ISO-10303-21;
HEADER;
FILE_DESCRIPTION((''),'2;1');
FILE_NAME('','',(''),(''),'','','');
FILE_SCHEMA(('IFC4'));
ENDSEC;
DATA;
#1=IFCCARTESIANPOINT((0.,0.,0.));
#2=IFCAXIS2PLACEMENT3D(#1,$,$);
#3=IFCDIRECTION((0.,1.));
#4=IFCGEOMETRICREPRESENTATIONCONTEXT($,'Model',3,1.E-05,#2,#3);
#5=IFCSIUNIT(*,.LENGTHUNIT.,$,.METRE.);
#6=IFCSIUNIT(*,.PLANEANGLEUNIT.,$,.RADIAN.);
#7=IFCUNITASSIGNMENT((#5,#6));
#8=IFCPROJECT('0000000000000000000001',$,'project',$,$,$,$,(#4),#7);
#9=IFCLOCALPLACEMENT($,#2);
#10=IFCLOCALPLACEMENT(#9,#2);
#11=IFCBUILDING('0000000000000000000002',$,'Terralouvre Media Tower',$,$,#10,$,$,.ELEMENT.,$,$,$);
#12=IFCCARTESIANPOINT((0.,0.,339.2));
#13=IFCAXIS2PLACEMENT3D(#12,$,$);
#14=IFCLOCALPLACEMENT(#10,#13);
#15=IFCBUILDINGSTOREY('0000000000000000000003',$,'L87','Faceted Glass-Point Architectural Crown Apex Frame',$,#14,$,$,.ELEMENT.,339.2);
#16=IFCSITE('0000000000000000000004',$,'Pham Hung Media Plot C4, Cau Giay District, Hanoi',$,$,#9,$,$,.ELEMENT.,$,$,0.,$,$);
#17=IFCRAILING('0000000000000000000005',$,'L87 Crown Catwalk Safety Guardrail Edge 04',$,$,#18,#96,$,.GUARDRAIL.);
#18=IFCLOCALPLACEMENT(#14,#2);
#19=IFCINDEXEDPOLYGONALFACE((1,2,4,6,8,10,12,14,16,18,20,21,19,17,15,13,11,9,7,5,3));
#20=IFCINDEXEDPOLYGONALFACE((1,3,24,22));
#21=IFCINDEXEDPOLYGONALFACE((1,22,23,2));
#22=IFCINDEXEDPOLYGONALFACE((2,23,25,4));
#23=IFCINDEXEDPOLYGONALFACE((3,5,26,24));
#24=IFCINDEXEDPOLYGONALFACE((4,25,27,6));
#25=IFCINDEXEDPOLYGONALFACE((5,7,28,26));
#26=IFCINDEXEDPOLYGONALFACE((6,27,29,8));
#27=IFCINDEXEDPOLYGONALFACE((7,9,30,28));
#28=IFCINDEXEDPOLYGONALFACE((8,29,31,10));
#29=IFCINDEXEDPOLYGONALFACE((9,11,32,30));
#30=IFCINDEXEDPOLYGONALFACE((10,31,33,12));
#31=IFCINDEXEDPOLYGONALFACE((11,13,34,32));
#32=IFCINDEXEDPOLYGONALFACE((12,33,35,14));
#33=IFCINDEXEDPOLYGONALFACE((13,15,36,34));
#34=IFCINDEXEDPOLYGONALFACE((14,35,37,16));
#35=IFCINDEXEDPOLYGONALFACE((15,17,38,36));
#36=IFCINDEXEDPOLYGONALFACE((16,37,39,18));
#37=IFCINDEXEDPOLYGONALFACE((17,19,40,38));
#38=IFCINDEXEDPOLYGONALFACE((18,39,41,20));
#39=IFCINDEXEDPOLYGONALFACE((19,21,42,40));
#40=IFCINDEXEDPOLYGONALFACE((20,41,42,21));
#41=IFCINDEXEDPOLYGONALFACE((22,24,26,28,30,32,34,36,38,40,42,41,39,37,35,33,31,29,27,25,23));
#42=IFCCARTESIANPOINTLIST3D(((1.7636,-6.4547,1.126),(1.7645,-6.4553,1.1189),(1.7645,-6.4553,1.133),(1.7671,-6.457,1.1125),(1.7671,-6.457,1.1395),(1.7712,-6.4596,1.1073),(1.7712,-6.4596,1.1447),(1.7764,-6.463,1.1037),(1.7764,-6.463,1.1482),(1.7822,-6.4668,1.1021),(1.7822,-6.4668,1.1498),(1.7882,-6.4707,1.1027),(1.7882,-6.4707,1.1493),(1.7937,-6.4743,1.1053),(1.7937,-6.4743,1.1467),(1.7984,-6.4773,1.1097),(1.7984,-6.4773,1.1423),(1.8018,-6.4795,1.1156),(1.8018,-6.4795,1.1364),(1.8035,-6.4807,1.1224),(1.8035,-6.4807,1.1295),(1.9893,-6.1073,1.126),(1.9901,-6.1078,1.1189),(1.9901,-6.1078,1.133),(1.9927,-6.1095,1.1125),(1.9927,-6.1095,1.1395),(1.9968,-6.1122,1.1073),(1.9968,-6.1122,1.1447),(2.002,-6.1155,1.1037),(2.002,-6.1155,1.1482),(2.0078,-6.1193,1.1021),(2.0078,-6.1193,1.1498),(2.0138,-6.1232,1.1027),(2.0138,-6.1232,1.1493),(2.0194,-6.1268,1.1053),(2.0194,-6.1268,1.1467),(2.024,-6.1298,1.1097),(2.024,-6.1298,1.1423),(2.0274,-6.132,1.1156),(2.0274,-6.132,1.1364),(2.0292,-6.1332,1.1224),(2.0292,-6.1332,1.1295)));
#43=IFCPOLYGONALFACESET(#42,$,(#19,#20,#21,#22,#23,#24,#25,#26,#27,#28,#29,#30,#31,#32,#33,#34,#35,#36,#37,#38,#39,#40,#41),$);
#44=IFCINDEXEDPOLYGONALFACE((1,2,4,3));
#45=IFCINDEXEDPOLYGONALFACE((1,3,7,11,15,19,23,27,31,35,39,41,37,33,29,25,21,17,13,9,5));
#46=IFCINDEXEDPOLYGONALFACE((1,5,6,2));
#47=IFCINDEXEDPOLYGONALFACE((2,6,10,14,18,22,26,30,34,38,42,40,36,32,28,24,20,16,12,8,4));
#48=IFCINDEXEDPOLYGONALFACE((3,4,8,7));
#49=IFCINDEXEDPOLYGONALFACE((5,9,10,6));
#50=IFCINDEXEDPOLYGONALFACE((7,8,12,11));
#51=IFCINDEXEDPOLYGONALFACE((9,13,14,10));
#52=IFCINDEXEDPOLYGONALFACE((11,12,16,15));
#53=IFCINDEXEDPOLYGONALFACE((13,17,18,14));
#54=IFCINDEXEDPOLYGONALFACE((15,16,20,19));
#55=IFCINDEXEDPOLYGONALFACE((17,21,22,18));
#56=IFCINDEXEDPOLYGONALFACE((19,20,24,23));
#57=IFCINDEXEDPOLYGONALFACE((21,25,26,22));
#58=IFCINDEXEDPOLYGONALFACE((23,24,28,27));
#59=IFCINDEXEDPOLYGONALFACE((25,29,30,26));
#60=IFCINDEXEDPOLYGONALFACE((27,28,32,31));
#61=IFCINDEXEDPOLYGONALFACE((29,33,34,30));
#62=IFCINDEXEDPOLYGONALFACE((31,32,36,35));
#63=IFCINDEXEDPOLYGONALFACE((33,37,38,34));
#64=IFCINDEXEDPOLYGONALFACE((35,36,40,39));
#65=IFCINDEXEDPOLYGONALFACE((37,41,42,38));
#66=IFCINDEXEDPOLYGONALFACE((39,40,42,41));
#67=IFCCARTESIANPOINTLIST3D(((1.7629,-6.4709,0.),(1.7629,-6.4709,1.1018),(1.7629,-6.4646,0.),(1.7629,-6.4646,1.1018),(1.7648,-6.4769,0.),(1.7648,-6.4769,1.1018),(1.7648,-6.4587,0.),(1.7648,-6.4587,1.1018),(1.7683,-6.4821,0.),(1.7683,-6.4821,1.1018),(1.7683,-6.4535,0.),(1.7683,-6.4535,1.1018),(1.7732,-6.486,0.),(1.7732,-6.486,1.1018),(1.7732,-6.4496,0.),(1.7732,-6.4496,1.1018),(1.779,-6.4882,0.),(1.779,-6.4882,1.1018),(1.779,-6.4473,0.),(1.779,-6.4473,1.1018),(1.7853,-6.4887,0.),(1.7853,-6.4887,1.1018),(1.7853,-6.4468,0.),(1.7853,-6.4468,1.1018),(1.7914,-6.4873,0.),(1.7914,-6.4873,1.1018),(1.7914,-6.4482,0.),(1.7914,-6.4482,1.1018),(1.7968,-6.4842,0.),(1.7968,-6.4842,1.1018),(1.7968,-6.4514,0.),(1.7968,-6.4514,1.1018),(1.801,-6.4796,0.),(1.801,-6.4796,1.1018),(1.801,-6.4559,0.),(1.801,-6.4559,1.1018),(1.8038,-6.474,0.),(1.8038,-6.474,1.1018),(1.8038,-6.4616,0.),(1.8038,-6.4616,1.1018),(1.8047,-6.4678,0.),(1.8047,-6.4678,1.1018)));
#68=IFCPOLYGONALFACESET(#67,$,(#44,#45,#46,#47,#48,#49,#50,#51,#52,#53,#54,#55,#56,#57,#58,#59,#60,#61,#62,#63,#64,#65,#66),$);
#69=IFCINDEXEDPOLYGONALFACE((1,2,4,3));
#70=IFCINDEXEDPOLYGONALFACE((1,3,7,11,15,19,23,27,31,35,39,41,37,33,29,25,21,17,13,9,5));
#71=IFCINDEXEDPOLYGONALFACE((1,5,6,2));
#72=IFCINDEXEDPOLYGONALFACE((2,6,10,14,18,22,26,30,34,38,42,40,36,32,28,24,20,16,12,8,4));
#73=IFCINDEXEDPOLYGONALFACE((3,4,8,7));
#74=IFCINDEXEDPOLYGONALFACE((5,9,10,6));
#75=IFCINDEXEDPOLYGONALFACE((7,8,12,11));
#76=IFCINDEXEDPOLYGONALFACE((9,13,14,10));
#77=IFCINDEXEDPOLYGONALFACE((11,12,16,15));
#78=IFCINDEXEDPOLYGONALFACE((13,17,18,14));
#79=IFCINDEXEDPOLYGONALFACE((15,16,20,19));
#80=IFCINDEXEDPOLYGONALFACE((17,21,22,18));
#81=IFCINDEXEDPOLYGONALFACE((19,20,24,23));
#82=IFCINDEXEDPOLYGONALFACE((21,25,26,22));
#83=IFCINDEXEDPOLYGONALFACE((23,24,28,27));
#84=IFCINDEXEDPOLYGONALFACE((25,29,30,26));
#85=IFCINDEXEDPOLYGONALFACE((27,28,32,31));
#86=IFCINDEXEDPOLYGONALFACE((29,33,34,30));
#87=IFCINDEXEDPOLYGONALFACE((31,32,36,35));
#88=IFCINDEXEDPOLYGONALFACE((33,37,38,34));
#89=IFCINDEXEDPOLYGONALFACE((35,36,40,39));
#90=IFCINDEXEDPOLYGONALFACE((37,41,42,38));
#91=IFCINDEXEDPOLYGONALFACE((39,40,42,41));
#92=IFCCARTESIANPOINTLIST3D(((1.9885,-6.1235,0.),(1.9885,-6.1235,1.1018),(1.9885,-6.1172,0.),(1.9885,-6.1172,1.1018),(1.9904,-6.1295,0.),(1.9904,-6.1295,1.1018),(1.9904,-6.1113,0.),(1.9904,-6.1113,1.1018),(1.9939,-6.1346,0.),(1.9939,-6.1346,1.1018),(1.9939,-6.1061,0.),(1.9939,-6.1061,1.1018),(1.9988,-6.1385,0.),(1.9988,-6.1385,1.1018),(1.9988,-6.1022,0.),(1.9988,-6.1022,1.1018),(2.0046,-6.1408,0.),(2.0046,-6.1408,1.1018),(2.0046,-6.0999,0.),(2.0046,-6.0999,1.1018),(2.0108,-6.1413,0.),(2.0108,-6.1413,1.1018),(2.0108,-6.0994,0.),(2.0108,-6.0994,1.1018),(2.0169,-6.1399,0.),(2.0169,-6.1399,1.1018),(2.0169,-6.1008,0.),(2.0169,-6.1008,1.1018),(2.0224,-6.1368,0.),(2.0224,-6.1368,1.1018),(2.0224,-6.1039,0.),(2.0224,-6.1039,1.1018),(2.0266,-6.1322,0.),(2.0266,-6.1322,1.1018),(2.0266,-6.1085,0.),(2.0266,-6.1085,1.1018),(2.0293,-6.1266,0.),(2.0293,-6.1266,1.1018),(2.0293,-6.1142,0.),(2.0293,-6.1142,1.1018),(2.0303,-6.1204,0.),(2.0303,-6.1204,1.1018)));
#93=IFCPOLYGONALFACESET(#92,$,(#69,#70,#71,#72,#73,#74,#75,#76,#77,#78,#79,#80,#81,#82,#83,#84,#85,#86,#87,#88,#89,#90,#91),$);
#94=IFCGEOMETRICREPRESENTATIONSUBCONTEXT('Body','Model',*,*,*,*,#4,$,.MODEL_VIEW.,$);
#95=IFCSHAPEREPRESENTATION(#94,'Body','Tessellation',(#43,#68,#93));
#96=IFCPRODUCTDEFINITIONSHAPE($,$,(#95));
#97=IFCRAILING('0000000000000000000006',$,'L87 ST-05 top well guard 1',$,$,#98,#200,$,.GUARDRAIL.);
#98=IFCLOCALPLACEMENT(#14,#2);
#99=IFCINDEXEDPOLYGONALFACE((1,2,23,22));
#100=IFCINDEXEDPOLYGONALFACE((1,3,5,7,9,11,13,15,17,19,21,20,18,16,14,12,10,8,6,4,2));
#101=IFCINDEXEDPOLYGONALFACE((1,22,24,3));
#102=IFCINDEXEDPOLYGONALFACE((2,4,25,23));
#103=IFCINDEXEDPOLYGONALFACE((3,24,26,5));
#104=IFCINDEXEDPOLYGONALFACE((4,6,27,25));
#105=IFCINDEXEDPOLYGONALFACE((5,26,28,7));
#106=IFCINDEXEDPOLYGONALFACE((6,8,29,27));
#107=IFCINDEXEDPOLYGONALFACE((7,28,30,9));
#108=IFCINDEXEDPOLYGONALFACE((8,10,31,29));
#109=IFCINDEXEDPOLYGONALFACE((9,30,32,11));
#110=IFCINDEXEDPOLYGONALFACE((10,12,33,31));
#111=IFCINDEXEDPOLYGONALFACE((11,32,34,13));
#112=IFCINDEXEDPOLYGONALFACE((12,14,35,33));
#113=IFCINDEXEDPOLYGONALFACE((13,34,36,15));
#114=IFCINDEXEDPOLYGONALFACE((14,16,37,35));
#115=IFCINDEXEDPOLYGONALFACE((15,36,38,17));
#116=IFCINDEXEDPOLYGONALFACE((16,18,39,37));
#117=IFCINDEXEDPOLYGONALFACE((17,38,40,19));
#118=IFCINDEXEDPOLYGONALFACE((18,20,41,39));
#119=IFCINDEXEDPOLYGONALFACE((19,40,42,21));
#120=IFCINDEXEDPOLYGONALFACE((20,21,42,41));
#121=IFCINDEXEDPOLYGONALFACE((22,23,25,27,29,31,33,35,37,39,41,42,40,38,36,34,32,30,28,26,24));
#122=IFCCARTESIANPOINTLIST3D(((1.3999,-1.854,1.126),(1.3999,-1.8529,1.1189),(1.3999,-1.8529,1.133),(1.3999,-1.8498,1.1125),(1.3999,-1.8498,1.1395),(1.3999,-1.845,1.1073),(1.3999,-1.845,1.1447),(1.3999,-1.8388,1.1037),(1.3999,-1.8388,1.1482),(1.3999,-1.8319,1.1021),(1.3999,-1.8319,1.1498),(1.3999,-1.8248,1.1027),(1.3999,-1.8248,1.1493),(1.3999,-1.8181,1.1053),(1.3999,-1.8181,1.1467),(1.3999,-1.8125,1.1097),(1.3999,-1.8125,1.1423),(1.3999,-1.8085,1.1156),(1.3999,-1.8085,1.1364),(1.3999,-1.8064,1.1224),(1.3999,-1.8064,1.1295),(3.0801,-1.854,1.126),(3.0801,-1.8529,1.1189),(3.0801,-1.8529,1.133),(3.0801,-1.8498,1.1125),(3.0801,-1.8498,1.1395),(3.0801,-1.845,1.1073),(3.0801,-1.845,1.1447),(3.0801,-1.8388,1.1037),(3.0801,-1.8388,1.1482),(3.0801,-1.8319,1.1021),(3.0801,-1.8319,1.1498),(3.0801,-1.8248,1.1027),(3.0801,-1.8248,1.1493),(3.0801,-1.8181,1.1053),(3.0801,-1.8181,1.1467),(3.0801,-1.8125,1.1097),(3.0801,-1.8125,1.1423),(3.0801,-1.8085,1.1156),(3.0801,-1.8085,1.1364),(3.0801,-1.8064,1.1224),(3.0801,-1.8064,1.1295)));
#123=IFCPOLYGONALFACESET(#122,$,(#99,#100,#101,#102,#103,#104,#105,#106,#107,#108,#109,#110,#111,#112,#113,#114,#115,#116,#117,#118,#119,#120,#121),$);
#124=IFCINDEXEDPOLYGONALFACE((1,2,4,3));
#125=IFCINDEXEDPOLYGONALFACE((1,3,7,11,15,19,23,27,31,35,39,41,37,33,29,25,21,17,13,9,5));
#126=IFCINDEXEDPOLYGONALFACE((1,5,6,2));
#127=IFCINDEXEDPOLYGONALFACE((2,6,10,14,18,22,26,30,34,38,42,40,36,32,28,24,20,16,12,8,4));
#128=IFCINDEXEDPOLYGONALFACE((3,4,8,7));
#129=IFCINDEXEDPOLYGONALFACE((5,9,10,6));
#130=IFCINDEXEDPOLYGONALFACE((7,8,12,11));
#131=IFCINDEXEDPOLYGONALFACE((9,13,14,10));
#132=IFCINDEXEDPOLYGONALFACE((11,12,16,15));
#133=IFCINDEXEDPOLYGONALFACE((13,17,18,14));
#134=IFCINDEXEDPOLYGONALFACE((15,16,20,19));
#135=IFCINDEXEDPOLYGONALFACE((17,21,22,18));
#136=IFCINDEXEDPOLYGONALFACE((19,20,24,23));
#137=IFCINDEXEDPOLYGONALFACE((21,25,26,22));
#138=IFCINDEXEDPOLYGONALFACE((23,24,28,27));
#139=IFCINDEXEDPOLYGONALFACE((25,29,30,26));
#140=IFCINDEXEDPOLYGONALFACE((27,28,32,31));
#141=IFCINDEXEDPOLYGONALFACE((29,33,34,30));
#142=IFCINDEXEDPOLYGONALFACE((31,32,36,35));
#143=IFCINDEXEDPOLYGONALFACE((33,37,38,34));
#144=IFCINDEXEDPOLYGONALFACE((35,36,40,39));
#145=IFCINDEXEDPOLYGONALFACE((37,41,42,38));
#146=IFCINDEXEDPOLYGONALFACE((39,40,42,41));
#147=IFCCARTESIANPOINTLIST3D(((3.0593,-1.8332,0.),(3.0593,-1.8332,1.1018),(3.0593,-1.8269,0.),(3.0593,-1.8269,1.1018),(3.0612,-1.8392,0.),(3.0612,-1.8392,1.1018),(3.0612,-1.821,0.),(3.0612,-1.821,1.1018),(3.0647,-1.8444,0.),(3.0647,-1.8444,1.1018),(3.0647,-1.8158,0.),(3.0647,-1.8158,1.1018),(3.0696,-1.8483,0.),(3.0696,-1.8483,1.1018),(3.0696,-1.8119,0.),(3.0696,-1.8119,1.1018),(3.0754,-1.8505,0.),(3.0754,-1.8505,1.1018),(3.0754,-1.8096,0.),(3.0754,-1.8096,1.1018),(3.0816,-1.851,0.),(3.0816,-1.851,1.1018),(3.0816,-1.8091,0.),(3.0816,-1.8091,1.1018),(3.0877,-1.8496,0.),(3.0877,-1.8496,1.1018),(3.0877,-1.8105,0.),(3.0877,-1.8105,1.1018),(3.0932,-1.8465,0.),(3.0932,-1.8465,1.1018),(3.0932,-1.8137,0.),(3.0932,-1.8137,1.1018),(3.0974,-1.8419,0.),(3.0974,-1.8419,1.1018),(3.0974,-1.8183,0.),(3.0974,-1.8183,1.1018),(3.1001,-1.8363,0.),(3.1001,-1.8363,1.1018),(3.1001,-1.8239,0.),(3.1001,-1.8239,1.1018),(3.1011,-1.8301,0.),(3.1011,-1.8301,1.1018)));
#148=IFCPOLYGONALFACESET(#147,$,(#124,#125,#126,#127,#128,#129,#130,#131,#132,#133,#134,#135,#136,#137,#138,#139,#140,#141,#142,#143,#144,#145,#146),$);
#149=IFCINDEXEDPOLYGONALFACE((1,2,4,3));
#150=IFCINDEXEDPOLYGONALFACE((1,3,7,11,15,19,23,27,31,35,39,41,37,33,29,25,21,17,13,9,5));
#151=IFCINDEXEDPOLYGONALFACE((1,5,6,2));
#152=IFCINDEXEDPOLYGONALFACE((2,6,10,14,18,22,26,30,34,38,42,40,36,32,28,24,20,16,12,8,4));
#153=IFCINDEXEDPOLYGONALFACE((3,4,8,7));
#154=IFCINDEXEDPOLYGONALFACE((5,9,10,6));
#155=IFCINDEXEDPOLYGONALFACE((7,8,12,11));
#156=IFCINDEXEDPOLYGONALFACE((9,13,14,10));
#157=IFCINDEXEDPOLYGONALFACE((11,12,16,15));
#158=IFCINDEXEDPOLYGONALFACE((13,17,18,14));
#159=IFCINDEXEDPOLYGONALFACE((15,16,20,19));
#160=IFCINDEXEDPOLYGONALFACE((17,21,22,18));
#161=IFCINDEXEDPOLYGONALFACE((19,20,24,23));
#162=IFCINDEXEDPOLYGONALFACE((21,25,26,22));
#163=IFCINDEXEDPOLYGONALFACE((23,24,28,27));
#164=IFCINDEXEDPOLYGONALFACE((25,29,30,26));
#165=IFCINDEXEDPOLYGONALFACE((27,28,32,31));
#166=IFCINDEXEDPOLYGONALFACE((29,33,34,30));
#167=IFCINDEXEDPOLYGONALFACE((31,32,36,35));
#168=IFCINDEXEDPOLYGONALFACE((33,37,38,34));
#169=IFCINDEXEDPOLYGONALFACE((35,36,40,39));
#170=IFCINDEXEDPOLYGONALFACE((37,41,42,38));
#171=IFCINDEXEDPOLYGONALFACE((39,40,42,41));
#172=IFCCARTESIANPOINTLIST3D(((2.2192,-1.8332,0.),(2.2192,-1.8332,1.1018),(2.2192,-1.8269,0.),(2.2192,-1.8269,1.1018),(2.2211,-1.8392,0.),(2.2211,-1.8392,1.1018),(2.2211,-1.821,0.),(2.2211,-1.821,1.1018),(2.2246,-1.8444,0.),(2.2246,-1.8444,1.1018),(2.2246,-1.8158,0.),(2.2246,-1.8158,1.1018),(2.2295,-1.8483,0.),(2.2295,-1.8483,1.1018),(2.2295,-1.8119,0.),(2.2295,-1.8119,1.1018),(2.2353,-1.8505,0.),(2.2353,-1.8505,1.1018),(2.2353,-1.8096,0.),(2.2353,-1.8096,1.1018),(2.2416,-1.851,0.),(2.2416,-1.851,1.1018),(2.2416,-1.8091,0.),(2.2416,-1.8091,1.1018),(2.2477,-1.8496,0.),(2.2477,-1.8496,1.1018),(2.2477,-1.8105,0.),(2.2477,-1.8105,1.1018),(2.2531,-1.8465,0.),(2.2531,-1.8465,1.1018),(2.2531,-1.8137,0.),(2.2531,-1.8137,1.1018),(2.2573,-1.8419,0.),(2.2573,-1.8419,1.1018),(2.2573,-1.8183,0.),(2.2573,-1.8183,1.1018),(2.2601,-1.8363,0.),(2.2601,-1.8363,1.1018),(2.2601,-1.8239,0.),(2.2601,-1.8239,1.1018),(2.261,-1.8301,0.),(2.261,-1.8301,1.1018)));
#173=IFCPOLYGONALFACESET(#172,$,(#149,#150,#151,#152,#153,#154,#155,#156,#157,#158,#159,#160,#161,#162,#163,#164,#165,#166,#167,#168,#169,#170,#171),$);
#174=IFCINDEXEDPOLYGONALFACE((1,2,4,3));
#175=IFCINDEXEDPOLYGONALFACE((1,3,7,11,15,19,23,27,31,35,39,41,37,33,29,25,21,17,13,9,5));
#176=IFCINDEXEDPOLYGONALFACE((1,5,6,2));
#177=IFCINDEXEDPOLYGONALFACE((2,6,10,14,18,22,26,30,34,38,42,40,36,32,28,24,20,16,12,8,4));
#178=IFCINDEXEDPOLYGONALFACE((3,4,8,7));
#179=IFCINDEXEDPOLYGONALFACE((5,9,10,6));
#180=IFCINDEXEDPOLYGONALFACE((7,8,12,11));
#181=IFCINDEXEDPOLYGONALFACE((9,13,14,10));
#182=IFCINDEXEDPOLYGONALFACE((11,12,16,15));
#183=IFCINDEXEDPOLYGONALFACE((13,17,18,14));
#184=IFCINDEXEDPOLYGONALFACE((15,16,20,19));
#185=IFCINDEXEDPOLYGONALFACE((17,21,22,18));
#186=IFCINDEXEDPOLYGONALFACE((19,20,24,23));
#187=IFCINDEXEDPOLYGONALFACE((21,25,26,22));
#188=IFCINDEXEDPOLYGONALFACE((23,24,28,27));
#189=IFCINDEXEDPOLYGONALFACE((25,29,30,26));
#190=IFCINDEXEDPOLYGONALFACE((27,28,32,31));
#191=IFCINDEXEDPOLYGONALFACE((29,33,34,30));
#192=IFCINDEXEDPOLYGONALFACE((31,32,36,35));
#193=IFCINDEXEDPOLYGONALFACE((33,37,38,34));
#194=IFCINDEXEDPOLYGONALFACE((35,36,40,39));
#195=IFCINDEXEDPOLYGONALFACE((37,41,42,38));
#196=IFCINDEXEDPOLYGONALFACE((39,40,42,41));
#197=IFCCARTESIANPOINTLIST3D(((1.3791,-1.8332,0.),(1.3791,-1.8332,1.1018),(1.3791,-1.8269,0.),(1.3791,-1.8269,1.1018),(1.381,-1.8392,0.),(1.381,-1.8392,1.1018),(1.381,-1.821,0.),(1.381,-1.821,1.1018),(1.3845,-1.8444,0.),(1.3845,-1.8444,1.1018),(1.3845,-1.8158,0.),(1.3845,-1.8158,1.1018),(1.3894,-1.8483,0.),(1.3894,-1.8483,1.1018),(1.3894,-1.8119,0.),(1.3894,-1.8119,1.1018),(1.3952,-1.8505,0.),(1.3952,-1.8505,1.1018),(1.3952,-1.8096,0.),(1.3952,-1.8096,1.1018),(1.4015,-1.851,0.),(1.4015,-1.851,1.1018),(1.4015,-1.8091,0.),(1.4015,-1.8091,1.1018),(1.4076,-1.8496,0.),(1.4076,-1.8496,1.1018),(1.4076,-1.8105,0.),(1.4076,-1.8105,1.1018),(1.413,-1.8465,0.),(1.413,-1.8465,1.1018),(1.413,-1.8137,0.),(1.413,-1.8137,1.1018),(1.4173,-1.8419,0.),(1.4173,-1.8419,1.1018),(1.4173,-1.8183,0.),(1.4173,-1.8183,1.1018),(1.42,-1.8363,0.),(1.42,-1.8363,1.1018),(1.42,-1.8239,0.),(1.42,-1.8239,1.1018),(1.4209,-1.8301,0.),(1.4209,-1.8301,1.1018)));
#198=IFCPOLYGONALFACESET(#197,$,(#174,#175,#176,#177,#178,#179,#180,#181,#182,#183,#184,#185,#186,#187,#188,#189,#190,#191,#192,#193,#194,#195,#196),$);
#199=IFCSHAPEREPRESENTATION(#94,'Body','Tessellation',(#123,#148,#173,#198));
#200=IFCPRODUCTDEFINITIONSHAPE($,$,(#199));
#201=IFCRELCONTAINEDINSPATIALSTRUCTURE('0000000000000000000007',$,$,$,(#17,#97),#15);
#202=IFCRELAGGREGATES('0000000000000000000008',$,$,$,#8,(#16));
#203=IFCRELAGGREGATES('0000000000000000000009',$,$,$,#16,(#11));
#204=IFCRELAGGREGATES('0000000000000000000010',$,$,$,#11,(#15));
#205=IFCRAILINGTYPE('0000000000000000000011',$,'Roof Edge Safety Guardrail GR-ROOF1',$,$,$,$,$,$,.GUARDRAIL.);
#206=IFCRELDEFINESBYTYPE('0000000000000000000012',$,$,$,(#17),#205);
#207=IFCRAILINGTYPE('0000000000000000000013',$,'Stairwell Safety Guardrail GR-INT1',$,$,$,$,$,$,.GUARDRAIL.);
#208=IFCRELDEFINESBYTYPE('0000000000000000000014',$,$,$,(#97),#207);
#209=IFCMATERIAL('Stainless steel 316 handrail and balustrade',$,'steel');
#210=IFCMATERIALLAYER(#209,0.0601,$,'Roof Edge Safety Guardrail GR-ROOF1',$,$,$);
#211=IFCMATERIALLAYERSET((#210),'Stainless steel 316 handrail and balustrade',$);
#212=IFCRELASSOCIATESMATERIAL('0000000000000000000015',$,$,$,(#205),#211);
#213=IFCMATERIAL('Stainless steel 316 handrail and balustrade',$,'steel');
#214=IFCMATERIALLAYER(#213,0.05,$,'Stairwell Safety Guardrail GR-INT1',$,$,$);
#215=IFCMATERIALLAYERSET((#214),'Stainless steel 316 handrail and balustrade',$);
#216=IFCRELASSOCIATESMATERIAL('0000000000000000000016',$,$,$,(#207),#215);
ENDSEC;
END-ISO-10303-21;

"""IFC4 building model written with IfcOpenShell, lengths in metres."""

from ifc_helpers import new_model, si_unit, direction, frame, origin, origin_2d, place, context, subcontext, project, spatial, circle, extrude, material, layer, layer_set, type_object, element, save


model = new_model("IFC4")

# Units and contexts
model_context = context("Model", 3, precision=1e-05, world=origin(), true_north=direction((0.0, 1.0)))
body_context = subcontext(model_context, "Body", "Model", "MODEL_VIEW")
ifc_project = project(units=[si_unit("LENGTHUNIT", "METRE"), si_unit("PLANEANGLEUNIT", "RADIAN")], contexts=[model_context])

# Site, building, storey
site_placement = place(None, origin())
site = spatial("IfcSite", under=ifc_project, at=site_placement, Name="Pham Hung Media Plot C4, Cau Giay District, Hanoi", CompositionType="ELEMENT", RefElevation=0.0)
building_placement = place(site_placement, origin())
building = spatial("IfcBuilding", under=site, at=building_placement, Name="Terralouvre Media Tower", CompositionType="ELEMENT")
storey_placement = place(building_placement, frame((0.0, 0.0, 339.2)))
storey = spatial("IfcBuildingStorey", under=building, at=storey_placement, Name="L87", Description="Faceted Glass-Point Architectural Crown Apex Frame", CompositionType="ELEMENT", Elevation=339.2)

# Railings
ifc_material_1 = material(Name="Stainless steel 316 handrail and balustrade", Category="steel")
ifc_layer_1 = layer(ifc_material_1, 0.0601, Name="Roof Edge Safety Guardrail GR-ROOF1")
ifc_layer_set_1 = layer_set([ifc_layer_1], Name="Stainless steel 316 handrail and balustrade")
railing_type_1 = type_object("IfcRailingType", Name="Roof Edge Safety Guardrail GR-ROOF1", PredefinedType="GUARDRAIL", material=ifc_layer_set_1)
railing_1_placement = place(storey_placement, frame((1.7837, -6.4678, 0.0)))
element("IfcRailing", 1, at=railing_1_placement, inside=storey, type_object=railing_type_1, Name="L87 Crown Catwalk Safety Guardrail Edge 04", PredefinedType="GUARDRAIL", context=body_context, shape_type="SweptSolid", body=[
    extrude(circle(Radius=0.0239, at=origin_2d()), frame((0.0, 0.0, 1.126), z_axis=(0.544595, 0.838699, 0.0), x_axis=(-0.838699, 0.544595, 0.0)), (0.0, 0.0, 1.0), 0.4143),
    extrude(circle(Radius=0.021, at=origin_2d()), origin(), (0.0, 0.0, 1.0), 1.1018),
    extrude(circle(Radius=0.021, at=origin_2d()), frame((0.2256, 0.3474, 0.0)), (0.0, 0.0, 1.0), 1.1018),
])
ifc_material_2 = material(Name="Stainless steel 316 handrail and balustrade", Category="steel")
ifc_layer_2 = layer(ifc_material_2, 0.05, Name="Stairwell Safety Guardrail GR-INT1")
ifc_layer_set_2 = layer_set([ifc_layer_2], Name="Stainless steel 316 handrail and balustrade")
railing_type_2 = type_object("IfcRailingType", Name="Stairwell Safety Guardrail GR-INT1", PredefinedType="GUARDRAIL", material=ifc_layer_set_2)
railing_2_placement = place(storey_placement, frame((3.0801, -1.8301, 0.0)))
element("IfcRailing", 2, at=railing_2_placement, inside=storey, type_object=railing_type_2, Name="L87 ST-05 top well guard 1", PredefinedType="GUARDRAIL", context=body_context, shape_type="SweptSolid", body=[
    extrude(circle(Radius=0.0239, at=origin_2d()), frame((0.0, 0.0, 1.126), z_axis=(-1.0, 0.0, 0.0), x_axis=(0.0, -1.0, 0.0)), (0.0, 0.0, 1.0), 1.6802),
    extrude(circle(Radius=0.021, at=origin_2d()), origin(), (0.0, 0.0, 1.0), 1.1018),
    extrude(circle(Radius=0.021, at=origin_2d()), frame((-0.8401, 0.0, 0.0)), (0.0, 0.0, 1.0), 1.1018),
    extrude(circle(Radius=0.021, at=origin_2d()), frame((-1.6802, 0.0, 0.0)), (0.0, 0.0, 1.0), 1.1018),
])

save(model, "model.ifc")
